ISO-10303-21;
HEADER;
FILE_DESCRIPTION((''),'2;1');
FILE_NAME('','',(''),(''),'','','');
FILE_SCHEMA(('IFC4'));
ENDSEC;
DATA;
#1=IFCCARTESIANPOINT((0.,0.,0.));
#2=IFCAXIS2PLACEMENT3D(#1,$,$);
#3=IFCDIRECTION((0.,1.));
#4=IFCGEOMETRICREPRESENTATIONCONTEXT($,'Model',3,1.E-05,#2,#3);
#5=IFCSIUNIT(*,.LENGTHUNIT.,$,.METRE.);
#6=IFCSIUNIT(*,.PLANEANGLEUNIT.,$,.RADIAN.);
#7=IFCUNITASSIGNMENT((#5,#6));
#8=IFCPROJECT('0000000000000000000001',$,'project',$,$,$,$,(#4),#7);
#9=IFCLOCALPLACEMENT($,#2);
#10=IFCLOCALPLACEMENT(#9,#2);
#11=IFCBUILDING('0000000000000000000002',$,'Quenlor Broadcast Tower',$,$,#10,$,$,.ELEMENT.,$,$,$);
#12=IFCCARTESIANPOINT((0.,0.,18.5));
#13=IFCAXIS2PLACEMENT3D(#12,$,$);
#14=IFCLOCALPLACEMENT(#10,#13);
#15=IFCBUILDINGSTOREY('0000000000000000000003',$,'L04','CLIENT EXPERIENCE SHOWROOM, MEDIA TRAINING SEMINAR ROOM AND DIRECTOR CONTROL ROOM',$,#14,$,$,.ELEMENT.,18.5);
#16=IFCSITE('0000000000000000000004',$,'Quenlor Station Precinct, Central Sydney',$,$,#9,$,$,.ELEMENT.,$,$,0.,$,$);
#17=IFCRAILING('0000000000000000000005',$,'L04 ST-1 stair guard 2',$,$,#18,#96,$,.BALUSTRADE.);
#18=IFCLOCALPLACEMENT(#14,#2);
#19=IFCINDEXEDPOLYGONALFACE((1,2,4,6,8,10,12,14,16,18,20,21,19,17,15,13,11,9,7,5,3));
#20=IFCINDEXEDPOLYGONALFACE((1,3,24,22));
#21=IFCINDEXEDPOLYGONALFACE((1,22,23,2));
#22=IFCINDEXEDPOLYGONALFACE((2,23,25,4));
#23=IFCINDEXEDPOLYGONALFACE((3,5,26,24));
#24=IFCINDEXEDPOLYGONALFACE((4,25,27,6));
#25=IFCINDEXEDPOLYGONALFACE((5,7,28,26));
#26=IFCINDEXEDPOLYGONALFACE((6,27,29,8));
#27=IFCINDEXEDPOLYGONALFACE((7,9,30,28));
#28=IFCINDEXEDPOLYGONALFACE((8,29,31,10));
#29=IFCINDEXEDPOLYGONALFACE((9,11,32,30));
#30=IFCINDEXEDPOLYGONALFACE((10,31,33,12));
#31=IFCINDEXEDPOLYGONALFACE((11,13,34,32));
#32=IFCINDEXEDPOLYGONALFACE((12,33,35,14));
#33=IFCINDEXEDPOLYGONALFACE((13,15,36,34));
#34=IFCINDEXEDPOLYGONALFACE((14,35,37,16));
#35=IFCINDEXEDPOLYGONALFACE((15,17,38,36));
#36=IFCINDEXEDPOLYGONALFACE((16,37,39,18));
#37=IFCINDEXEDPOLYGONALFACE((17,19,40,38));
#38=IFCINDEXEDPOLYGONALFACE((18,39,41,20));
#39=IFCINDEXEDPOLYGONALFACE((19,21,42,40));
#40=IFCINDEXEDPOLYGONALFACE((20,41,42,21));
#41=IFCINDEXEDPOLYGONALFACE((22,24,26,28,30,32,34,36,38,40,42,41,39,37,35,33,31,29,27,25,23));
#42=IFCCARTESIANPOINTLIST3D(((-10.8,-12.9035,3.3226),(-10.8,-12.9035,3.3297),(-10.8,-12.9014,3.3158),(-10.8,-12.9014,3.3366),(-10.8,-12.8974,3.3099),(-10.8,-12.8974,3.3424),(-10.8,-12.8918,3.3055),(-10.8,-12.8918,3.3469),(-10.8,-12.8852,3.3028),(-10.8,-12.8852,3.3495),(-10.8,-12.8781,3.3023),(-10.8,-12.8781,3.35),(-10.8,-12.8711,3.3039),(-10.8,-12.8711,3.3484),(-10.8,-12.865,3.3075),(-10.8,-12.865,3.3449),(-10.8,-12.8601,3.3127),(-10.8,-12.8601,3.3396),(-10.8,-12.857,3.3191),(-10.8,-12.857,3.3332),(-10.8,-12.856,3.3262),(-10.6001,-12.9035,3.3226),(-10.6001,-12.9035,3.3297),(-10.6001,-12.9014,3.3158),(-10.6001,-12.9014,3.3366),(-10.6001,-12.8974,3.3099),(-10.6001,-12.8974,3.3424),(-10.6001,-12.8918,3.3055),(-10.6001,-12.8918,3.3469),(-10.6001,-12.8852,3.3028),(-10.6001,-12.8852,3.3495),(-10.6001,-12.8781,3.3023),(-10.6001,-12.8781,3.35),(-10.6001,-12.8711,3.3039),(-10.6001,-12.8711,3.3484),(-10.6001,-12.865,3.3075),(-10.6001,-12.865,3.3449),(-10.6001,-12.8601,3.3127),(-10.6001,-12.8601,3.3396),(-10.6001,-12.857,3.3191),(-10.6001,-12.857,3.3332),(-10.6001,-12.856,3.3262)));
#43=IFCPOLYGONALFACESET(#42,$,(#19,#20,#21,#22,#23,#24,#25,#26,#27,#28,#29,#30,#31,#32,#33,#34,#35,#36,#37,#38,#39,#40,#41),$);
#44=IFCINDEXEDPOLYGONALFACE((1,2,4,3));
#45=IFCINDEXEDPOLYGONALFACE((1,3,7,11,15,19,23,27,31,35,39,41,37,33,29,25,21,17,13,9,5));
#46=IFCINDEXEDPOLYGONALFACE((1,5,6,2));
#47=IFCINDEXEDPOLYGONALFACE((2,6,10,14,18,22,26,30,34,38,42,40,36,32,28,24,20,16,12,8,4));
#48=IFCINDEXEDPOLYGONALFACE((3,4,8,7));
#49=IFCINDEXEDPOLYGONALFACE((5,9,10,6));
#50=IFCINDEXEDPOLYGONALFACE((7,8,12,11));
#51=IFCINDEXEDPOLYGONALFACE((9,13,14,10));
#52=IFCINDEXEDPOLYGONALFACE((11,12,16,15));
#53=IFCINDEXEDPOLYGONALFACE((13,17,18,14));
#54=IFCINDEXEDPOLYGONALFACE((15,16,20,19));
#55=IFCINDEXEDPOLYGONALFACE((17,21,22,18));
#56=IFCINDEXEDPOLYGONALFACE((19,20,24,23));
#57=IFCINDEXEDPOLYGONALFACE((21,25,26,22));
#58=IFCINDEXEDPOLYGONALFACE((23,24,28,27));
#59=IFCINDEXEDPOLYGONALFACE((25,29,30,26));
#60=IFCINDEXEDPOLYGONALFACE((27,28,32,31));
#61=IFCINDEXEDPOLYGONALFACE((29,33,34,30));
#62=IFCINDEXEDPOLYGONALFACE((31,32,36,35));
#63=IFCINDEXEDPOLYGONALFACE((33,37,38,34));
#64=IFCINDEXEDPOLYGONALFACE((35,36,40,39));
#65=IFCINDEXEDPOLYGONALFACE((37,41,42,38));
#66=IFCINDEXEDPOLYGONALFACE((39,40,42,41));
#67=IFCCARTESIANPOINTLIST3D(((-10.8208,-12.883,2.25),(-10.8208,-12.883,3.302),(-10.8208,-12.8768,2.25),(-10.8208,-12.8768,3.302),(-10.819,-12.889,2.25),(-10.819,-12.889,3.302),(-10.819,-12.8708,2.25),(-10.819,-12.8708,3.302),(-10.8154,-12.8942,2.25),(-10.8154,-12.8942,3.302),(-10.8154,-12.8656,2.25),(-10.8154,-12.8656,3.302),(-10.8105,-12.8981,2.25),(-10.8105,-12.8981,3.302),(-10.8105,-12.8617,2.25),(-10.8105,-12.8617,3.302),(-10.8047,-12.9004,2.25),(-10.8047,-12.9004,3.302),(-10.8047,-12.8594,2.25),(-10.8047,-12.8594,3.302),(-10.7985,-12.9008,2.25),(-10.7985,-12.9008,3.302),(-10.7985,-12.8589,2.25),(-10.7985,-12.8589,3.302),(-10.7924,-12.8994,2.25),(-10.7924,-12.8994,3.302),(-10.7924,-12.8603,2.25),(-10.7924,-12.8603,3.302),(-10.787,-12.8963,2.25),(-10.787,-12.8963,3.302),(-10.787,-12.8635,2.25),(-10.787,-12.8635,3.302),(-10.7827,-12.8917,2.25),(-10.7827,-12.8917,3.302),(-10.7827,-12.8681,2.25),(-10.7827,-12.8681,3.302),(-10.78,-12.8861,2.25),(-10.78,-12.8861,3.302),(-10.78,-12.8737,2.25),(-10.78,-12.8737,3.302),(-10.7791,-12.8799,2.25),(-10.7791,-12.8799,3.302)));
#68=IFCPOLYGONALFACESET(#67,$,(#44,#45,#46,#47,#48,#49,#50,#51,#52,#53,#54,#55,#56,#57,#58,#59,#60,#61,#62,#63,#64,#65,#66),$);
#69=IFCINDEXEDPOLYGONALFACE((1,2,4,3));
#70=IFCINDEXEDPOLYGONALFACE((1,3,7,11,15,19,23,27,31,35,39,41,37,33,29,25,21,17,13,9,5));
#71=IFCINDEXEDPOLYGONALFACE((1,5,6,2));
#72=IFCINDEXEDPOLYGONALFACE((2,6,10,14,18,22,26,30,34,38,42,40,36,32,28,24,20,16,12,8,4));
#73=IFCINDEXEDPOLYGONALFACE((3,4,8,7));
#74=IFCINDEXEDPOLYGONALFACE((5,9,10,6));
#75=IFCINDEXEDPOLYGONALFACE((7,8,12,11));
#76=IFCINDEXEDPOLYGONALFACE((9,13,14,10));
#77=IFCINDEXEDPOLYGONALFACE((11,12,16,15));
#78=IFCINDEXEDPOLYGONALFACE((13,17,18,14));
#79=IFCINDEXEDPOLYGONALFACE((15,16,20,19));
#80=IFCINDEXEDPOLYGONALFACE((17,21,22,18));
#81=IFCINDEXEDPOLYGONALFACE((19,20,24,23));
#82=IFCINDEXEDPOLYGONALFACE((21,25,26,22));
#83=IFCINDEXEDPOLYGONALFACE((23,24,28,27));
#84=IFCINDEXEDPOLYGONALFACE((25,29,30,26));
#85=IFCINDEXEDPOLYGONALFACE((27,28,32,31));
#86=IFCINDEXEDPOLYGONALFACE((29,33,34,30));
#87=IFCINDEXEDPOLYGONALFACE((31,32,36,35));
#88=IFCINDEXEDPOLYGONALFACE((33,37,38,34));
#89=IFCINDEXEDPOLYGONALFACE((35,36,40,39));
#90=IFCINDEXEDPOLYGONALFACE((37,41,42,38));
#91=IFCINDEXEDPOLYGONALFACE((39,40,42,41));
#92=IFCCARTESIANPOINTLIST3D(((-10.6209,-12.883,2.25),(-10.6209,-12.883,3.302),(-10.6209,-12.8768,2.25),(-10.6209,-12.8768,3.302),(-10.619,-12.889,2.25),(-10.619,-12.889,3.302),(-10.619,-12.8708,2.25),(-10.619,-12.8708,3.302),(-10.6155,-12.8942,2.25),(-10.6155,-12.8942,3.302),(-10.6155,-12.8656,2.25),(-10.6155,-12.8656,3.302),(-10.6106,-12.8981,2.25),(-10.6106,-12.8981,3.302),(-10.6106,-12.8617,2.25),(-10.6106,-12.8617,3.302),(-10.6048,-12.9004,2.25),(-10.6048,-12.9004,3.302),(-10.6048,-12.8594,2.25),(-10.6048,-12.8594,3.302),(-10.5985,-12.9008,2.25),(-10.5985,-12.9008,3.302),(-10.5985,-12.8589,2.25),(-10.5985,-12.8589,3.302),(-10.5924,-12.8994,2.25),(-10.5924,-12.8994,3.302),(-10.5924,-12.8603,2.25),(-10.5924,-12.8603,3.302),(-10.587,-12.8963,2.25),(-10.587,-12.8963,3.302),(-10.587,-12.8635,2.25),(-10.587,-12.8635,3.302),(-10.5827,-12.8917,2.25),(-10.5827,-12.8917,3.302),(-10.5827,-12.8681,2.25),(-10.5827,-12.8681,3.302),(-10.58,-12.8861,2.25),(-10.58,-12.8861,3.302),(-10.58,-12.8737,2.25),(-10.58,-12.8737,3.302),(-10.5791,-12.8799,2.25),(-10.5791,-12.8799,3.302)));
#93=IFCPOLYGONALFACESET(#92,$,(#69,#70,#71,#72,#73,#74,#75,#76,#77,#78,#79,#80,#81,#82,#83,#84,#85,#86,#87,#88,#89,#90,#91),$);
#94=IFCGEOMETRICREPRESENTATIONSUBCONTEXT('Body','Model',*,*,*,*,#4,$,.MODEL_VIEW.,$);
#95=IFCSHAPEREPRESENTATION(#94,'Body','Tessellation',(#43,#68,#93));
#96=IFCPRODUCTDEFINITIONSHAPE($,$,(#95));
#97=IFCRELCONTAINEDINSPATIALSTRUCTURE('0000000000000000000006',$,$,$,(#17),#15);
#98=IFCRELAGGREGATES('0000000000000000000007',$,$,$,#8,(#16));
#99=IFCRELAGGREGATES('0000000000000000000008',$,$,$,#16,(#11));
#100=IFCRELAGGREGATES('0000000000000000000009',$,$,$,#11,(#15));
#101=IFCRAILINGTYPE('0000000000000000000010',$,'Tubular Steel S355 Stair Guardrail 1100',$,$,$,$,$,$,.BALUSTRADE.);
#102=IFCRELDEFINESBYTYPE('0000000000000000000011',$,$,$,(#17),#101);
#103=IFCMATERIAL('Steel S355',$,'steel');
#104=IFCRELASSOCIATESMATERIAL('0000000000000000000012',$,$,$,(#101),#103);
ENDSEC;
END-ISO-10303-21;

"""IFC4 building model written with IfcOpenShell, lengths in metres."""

from ifc_helpers import new_model, si_unit, direction, frame, origin, origin_2d, place, context, subcontext, project, spatial, circle, extrude, material, type_object, element, save


model = new_model("IFC4")

# Units and contexts
model_context = context("Model", 3, precision=1e-05, world=origin(), true_north=direction((0.0, 1.0)))
body_context = subcontext(model_context, "Body", "Model", "MODEL_VIEW")
ifc_project = project(units=[si_unit("LENGTHUNIT", "METRE"), si_unit("PLANEANGLEUNIT", "RADIAN")], contexts=[model_context])

# Site, building, storey
site_placement = place(None, origin())
site = spatial("IfcSite", under=ifc_project, at=site_placement, Name="Quenlor Station Precinct, Central Sydney", CompositionType="ELEMENT", RefElevation=0.0)
building_placement = place(site_placement, origin())
building = spatial("IfcBuilding", under=site, at=building_placement, Name="Quenlor Broadcast Tower", CompositionType="ELEMENT")
storey_placement = place(building_placement, frame((0.0, 0.0, 18.5)))
storey = spatial("IfcBuildingStorey", under=building, at=storey_placement, Name="L04", Description="CLIENT EXPERIENCE SHOWROOM, MEDIA TRAINING SEMINAR ROOM AND DIRECTOR CONTROL ROOM", CompositionType="ELEMENT", Elevation=18.5)

# Railing
ifc_material_1 = material(Name="Steel S355", Category="steel")
railing_type_1 = type_object("IfcRailingType", Name="Tubular Steel S355 Stair Guardrail 1100", PredefinedType="BALUSTRADE", material=ifc_material_1)
railing_1_placement = place(storey_placement, frame((-10.8, -12.8799, 2.25)))
element("IfcRailing", 1, at=railing_1_placement, inside=storey, type_object=railing_type_1, Name="L04 ST-1 stair guard 2", PredefinedType="BALUSTRADE", context=body_context, shape_type="SweptSolid", body=[
    extrude(circle(Radius=0.0239, at=origin_2d()), frame((0.0, 0.0, 1.0762), z_axis=(1.0, 0.0, 0.0), x_axis=(0.0, 1.0, 0.0)), (0.0, 0.0, 1.0), 0.2),
    extrude(circle(Radius=0.021, at=origin_2d()), origin(), (0.0, 0.0, 1.0), 1.052),
    extrude(circle(Radius=0.021, at=origin_2d()), frame((0.2, 0.0, 0.0)), (0.0, 0.0, 1.0), 1.052),
])

save(model, "model.ifc")
